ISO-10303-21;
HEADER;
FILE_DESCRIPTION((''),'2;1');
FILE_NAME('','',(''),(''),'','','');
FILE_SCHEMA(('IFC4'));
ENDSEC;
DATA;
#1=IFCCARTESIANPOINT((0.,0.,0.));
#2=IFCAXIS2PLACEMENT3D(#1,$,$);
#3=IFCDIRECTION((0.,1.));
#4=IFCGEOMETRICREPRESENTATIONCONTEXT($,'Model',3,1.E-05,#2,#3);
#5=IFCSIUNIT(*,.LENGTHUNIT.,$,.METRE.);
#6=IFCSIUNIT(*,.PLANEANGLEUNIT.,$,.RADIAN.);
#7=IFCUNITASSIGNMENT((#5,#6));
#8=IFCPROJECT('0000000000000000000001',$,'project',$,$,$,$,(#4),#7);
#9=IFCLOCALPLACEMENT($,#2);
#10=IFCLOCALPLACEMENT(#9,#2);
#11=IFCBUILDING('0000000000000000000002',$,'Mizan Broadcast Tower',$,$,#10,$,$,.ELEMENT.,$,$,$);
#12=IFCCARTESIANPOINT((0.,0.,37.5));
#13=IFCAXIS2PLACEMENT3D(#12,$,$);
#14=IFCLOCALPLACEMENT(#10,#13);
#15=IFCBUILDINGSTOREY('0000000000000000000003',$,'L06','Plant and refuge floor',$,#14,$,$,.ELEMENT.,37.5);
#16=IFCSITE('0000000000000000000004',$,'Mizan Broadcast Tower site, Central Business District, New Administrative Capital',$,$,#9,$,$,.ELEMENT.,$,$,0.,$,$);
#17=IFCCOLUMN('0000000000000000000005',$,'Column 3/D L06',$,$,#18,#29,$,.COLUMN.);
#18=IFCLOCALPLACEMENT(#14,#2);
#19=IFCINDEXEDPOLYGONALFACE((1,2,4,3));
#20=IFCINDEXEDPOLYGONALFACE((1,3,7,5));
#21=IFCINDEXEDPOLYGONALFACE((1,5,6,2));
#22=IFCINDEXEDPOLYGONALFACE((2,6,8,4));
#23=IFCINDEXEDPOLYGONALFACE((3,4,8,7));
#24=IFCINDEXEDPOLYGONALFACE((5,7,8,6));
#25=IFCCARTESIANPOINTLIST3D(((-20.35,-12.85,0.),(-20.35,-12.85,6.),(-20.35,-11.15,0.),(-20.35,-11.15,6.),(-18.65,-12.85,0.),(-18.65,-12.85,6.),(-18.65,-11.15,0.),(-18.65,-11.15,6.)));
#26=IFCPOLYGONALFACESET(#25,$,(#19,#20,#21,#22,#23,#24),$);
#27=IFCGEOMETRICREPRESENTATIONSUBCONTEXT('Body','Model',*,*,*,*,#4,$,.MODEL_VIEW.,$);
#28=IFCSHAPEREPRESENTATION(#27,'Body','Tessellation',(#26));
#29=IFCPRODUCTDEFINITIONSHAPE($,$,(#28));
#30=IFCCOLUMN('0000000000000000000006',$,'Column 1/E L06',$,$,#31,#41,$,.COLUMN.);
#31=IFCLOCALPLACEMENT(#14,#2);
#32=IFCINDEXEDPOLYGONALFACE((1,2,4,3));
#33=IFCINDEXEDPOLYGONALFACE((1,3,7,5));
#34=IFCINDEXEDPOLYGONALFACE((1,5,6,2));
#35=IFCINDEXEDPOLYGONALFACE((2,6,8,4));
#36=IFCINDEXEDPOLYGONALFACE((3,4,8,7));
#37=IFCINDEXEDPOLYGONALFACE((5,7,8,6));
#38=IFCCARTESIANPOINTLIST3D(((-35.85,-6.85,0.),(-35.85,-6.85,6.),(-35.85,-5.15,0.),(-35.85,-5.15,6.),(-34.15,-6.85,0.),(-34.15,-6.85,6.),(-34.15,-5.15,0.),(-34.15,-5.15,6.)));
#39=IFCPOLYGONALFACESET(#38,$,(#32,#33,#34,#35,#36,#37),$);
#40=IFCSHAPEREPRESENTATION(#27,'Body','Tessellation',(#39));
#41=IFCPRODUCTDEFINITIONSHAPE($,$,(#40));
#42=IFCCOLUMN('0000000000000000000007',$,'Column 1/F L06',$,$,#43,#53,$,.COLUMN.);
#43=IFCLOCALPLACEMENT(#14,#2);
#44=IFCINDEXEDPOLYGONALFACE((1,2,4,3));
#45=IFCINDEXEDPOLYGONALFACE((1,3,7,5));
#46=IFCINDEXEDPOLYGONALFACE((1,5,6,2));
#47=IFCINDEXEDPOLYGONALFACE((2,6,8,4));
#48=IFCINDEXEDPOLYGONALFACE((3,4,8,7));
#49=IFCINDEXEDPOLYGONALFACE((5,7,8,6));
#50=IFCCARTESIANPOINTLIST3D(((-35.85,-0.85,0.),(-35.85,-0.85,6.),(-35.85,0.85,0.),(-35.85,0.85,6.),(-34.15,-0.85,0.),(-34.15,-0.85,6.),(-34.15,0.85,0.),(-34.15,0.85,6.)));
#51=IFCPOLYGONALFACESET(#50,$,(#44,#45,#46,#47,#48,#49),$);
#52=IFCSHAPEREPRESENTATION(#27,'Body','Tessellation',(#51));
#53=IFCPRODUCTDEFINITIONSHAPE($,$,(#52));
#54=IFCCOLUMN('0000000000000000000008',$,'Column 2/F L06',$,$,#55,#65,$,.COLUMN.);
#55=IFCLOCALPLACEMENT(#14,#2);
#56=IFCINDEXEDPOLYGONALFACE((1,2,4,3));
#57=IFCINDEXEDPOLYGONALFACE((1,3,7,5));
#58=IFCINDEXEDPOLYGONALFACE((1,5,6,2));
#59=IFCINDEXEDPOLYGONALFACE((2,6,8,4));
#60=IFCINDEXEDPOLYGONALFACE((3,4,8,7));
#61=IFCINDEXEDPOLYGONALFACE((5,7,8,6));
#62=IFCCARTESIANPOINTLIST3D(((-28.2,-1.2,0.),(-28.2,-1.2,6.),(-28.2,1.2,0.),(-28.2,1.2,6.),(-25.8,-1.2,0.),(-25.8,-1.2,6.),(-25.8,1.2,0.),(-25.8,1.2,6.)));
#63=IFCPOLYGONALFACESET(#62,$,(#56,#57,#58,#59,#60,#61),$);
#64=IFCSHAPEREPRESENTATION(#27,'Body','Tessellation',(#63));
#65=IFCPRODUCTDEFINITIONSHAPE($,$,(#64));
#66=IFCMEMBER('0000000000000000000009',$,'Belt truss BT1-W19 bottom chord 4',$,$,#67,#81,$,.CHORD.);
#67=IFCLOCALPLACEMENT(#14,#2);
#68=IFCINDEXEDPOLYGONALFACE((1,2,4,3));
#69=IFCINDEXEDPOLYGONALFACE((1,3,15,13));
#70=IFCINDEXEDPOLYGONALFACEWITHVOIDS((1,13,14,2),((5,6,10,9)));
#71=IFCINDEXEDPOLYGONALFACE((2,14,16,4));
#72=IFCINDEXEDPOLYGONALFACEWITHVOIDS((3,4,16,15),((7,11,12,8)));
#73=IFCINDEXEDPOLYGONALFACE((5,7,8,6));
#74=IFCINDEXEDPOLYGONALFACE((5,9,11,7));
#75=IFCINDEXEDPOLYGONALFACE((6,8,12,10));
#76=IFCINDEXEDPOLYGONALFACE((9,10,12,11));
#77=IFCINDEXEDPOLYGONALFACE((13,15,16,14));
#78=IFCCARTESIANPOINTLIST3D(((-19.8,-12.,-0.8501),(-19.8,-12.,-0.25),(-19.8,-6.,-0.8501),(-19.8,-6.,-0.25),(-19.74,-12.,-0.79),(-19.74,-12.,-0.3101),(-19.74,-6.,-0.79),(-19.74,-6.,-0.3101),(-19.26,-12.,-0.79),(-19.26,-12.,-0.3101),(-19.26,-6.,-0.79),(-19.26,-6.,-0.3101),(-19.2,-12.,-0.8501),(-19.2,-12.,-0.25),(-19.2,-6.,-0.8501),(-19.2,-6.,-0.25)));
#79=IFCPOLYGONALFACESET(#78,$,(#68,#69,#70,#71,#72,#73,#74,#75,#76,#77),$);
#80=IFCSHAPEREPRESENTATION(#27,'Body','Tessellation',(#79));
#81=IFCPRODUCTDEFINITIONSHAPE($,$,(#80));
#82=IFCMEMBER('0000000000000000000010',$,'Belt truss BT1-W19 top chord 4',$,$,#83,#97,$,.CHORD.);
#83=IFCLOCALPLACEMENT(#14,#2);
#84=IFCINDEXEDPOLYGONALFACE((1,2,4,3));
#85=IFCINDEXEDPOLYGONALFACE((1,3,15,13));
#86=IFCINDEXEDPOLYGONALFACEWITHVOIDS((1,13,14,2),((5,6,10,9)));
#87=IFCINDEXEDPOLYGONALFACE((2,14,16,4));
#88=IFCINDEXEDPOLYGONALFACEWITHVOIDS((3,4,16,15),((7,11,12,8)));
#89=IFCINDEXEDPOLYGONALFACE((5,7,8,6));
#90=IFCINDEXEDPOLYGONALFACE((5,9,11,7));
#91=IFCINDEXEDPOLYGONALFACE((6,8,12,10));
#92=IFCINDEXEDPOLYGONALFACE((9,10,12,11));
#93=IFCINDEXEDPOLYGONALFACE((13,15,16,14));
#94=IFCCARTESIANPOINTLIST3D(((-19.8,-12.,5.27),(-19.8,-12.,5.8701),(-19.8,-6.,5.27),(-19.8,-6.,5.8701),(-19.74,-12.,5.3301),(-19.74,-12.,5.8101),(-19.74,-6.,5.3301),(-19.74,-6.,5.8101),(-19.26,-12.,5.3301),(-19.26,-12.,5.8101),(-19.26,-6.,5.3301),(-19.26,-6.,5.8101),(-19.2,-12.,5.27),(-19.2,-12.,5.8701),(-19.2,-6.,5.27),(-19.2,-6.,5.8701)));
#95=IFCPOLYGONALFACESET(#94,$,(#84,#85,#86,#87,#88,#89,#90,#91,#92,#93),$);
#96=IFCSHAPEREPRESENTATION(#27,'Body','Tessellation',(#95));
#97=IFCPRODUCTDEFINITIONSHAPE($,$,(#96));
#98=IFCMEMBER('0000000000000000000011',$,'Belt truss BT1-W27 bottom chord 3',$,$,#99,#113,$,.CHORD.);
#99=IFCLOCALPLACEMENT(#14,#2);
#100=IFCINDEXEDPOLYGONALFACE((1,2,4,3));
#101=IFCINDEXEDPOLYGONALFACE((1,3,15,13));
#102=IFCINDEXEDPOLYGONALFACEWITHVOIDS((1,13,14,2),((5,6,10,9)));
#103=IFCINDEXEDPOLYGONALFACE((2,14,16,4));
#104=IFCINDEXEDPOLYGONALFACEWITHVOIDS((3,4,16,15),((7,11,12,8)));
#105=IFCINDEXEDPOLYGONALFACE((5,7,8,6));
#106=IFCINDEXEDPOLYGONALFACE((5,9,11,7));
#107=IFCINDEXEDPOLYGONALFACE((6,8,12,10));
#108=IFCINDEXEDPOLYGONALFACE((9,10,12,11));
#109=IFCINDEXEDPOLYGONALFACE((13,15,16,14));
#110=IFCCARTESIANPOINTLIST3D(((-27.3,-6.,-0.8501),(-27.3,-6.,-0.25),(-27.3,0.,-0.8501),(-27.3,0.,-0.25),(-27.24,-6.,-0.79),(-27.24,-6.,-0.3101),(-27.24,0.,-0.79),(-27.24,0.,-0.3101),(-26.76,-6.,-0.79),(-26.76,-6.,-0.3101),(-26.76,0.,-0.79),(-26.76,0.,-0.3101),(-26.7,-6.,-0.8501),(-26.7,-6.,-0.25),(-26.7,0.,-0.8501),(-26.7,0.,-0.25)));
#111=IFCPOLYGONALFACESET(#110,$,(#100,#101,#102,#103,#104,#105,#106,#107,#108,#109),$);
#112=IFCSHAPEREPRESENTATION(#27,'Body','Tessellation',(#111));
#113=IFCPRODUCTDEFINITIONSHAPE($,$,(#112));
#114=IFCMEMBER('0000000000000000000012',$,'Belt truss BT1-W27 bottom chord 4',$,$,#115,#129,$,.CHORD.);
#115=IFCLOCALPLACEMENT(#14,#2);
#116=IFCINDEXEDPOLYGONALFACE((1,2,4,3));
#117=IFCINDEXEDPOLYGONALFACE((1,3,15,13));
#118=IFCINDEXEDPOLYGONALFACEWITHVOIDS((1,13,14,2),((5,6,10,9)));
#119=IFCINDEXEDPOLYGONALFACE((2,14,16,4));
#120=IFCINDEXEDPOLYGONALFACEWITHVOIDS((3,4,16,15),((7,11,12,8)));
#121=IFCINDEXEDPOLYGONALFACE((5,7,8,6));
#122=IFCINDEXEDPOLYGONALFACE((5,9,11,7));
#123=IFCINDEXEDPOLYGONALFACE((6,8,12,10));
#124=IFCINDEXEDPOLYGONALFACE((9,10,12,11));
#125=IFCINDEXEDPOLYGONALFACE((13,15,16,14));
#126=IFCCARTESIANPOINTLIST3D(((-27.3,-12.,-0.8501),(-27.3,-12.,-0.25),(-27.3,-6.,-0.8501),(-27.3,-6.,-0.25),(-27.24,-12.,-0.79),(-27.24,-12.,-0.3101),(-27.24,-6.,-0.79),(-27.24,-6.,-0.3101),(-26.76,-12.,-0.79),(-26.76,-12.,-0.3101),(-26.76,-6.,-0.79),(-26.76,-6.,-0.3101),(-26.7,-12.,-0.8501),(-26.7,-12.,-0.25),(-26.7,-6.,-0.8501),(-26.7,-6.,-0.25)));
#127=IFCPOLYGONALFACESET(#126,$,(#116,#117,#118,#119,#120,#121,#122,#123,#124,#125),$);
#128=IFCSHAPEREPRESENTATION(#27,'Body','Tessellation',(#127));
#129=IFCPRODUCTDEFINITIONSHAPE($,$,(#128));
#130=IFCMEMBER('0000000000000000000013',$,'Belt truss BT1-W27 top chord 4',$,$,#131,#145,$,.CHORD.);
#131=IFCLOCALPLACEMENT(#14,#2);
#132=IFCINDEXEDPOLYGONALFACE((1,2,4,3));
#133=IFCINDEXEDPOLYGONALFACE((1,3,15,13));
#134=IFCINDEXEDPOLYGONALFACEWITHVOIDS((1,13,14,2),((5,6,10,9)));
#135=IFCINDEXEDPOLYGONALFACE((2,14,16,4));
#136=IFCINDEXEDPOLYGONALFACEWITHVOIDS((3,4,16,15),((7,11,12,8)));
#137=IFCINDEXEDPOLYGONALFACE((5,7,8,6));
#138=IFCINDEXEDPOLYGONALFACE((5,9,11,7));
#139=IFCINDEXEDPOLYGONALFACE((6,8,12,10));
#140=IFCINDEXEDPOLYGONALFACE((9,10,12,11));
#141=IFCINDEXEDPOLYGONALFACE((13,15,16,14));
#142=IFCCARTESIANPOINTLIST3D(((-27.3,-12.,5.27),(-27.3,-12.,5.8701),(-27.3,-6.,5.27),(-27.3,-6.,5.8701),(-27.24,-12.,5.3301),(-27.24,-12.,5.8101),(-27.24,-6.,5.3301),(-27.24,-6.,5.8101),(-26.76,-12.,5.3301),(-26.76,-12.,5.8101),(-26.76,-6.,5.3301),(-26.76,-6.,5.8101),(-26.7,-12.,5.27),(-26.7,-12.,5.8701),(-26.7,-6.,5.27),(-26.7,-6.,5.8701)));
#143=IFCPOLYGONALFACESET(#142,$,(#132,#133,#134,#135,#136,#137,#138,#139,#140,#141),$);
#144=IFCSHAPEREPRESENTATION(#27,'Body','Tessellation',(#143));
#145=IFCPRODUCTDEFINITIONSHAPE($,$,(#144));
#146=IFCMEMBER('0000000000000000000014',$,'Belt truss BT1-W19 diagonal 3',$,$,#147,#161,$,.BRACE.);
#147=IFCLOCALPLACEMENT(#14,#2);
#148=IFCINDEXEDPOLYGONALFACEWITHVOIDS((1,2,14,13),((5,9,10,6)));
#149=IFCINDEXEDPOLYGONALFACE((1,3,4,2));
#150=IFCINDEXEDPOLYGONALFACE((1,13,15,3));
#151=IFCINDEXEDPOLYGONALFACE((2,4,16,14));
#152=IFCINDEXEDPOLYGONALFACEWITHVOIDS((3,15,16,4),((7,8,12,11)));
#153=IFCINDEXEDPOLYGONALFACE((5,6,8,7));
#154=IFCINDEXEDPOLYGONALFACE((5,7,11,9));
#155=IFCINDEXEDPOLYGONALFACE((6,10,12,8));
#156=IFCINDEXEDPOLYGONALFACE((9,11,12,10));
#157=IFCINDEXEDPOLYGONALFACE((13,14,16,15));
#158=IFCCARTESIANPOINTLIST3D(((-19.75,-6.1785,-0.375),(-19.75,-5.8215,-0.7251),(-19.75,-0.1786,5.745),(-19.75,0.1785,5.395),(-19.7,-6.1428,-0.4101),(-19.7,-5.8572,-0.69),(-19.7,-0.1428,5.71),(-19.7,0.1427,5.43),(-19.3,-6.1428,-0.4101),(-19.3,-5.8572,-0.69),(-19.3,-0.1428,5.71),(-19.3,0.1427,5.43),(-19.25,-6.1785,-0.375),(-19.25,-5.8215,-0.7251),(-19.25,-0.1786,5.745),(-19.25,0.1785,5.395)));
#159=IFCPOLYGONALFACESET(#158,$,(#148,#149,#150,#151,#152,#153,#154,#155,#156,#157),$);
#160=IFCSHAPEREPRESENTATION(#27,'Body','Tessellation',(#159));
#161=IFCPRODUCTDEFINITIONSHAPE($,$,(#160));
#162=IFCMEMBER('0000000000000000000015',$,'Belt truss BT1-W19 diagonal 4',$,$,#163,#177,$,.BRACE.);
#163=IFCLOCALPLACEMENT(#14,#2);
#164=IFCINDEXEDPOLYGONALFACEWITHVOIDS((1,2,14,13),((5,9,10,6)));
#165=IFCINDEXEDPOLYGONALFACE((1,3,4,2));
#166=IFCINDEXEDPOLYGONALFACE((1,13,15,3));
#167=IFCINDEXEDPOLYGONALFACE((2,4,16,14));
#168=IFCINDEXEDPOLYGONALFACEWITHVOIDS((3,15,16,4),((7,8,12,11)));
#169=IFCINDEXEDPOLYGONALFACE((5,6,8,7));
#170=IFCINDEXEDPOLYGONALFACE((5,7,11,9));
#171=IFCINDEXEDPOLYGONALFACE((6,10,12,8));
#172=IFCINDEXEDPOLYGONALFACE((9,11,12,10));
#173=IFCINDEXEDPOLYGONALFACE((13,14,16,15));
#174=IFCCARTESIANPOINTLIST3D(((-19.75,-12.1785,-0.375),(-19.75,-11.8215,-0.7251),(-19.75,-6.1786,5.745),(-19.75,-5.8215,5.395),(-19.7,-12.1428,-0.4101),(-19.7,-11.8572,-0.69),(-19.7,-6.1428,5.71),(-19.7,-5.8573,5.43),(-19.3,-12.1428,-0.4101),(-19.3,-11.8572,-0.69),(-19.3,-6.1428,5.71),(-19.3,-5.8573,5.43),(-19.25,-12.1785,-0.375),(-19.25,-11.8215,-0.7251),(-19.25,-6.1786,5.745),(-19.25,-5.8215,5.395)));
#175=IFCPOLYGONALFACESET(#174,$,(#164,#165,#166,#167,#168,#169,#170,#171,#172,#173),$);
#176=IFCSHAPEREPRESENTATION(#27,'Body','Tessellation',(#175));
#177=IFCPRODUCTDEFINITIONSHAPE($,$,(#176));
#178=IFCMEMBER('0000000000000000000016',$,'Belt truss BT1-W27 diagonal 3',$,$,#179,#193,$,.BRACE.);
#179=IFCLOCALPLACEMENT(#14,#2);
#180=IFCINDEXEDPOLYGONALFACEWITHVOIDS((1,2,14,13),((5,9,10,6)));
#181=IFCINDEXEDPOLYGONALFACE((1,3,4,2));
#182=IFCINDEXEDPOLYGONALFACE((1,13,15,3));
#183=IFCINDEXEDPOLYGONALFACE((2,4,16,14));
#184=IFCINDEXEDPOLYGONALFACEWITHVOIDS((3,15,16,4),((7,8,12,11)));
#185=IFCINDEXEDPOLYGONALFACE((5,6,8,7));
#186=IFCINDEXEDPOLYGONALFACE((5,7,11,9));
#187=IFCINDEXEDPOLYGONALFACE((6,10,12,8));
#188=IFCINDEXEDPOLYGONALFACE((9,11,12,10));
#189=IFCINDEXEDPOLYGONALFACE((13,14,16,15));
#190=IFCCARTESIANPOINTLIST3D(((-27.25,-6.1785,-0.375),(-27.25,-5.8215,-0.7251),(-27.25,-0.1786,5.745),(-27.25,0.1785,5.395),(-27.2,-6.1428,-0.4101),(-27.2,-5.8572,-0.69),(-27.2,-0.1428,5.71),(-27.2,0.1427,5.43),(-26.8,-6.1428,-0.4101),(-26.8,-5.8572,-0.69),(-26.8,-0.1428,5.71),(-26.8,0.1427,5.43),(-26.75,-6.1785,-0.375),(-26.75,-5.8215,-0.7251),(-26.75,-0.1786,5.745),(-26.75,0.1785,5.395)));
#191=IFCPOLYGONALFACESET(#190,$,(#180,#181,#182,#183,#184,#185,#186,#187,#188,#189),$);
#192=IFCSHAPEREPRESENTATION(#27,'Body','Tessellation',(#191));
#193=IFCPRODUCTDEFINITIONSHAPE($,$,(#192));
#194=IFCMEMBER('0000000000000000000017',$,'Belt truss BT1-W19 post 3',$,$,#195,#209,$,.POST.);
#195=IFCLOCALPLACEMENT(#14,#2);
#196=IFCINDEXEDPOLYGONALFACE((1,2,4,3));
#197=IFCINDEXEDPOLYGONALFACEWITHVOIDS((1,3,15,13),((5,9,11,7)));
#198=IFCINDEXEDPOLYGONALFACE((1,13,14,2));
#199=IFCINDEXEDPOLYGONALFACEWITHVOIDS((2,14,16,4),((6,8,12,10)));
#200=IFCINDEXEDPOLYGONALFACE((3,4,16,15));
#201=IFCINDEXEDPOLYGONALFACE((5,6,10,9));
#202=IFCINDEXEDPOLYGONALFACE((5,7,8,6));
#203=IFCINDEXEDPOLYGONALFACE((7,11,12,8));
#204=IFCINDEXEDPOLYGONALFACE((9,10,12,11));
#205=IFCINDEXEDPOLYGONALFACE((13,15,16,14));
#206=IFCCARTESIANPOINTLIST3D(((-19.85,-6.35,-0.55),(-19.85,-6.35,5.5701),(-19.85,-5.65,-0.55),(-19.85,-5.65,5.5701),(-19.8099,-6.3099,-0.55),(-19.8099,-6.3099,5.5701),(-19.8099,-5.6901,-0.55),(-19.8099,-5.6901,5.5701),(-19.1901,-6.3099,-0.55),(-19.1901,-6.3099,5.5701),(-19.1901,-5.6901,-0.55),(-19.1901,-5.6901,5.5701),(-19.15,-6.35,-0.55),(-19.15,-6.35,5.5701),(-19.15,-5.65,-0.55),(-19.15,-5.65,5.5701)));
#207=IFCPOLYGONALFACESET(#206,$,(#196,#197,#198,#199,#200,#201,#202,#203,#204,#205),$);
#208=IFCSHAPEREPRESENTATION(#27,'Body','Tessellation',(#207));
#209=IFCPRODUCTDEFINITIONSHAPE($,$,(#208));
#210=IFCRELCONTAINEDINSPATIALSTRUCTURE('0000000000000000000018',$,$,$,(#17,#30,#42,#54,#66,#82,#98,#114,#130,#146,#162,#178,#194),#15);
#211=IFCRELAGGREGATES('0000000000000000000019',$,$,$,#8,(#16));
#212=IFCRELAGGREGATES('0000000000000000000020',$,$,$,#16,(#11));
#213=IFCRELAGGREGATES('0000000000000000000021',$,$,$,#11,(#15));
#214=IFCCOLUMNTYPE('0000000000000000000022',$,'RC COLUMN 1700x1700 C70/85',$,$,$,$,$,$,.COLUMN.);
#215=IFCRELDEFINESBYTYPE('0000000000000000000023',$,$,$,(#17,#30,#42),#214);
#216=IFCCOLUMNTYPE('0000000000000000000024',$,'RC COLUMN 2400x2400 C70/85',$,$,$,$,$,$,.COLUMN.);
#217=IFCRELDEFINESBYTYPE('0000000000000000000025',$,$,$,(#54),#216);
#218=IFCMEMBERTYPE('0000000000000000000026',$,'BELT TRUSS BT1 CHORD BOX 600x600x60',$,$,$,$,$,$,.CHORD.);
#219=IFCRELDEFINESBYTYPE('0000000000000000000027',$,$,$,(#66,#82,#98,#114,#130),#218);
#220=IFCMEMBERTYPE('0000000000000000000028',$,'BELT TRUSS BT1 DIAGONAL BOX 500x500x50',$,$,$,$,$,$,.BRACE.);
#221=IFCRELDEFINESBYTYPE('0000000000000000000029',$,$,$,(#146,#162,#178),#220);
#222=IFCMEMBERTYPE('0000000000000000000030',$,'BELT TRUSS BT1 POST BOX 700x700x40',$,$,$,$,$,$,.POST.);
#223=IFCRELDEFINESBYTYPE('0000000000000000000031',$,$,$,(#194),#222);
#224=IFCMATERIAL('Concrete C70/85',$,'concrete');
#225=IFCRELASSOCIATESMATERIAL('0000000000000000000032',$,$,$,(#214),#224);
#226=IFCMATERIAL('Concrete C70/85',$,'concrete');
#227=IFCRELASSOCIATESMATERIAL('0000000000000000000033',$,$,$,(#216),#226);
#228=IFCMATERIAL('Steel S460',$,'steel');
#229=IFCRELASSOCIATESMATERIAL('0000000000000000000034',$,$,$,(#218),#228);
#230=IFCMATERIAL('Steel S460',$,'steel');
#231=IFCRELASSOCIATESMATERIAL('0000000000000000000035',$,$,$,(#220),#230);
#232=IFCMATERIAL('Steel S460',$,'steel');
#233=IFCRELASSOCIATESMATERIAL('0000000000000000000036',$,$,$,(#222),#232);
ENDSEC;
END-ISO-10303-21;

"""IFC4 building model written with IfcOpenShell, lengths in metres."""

from ifc_helpers import new_model, si_unit, direction, frame, origin, origin_2d, place, context, subcontext, project, spatial, rectangle, hollow_rectangle, extrude, material, material_profile, profile_set, type_object, element, save


model = new_model("IFC4")

# Units and contexts
model_context = context("Model", 3, precision=1e-05, world=origin(), true_north=direction((0.0, 1.0)))
body_context = subcontext(model_context, "Body", "Model", "MODEL_VIEW")
ifc_project = project(units=[si_unit("LENGTHUNIT", "METRE"), si_unit("PLANEANGLEUNIT", "RADIAN")], contexts=[model_context])

# Site, building, storey
site_placement = place(None, origin())
site = spatial("IfcSite", under=ifc_project, at=site_placement, Name="Mizan Broadcast Tower site, Central Business District, New Administrative Capital", CompositionType="ELEMENT", RefElevation=0.0)
building_placement = place(site_placement, origin())
building = spatial("IfcBuilding", under=site, at=building_placement, Name="Mizan Broadcast Tower", CompositionType="ELEMENT")
storey_placement = place(building_placement, frame((0.0, 0.0, 37.5)))
storey = spatial("IfcBuildingStorey", under=building, at=storey_placement, Name="L06", Description="Plant and refuge floor", CompositionType="ELEMENT", Elevation=37.5)

# Columns
ifc_material_1 = material(Name="Concrete C70/85", Category="concrete")
ifc_material_profile_1 = material_profile(ifc_material_1, rectangle(XDim=1.7, YDim=1.7, at=origin_2d()), Name="RC 1700x1700")
ifc_profile_set_1 = profile_set([ifc_material_profile_1], Name="Concrete C70/85")
column_type_1 = type_object("IfcColumnType", Name="RC COLUMN 1700x1700 C70/85", PredefinedType="COLUMN", material=ifc_profile_set_1)
for number, where, z_axis, x_axis, name in (
    (1, (-19.5, -12.0, 0.0), (0.0, 0.0, 1.0), (1.0, 0.0, 0.0), "Column 3/D L06"),
    (2, (-35.0, -6.0, 0.0), (0.0, 0.0, 1.0), (1.0, 0.0, 0.0), "Column 1/E L06"),
    (3, (-35.0, 0.0, 0.0), (0.0, 0.0, 1.0), (1.0, 0.0, 0.0), "Column 1/F L06"),
):
    element("IfcColumn", number, at=place(storey_placement, frame(where, z_axis=z_axis, x_axis=x_axis)), inside=storey, type_object=column_type_1, Name=name, PredefinedType="COLUMN", context=body_context, shape_type="SweptSolid", body=[
        extrude(rectangle(XDim=1.7, YDim=1.7, at=origin_2d()), origin(), (0.0, 0.0, 1.0), 6.0),
    ])
ifc_material_2 = material(Name="Concrete C70/85", Category="concrete")
ifc_material_profile_2 = material_profile(ifc_material_2, rectangle(XDim=2.3999, YDim=2.3999, at=origin_2d()), Name="RC 2400x2400")
ifc_profile_set_2 = profile_set([ifc_material_profile_2], Name="Concrete C70/85")
column_type_2 = type_object("IfcColumnType", Name="RC COLUMN 2400x2400 C70/85", PredefinedType="COLUMN", material=ifc_profile_set_2)
column_placement = place(storey_placement, frame((-27.0, 0.0, 0.0), z_axis=(0.0, 0.0, 1.0), x_axis=(1.0, 0.0, 0.0)))
element("IfcColumn", 4, at=column_placement, inside=storey, type_object=column_type_2, Name="Column 2/F L06", PredefinedType="COLUMN", context=body_context, shape_type="SweptSolid", body=[
    extrude(rectangle(XDim=2.3999, YDim=2.3999, at=origin_2d()), origin(), (0.0, 0.0, 1.0), 6.0),
])

# Members
ifc_material_3 = material(Name="Steel S460", Category="steel")
ifc_material_profile_3 = material_profile(ifc_material_3, hollow_rectangle(XDim=0.6001, YDim=0.6001, WallThickness=0.0601, at=origin_2d()), Name="BOX 600x600x60")
ifc_profile_set_3 = profile_set([ifc_material_profile_3], Name="Steel S460")
member_type_1 = type_object("IfcMemberType", Name="BELT TRUSS BT1 CHORD BOX 600x600x60", PredefinedType="CHORD", material=ifc_profile_set_3)
for number, where, z_axis, x_axis, name in (
    (5, (-19.5, -6.0, -0.55), (0.0, -1.0, 0.0), (1.0, 0.0, 0.0), "Belt truss BT1-W19 bottom chord 4"),
    (6, (-19.5, -6.0, 5.5701), (0.0, -1.0, 0.0), (1.0, 0.0, 0.0), "Belt truss BT1-W19 top chord 4"),
    (7, (-27.0, 0.0, -0.55), (0.0, -1.0, 0.0), (1.0, 0.0, 0.0), "Belt truss BT1-W27 bottom chord 3"),
    (8, (-27.0, -6.0, -0.55), (0.0, -1.0, 0.0), (1.0, 0.0, 0.0), "Belt truss BT1-W27 bottom chord 4"),
    (9, (-27.0, -6.0, 5.5701), (0.0, -1.0, 0.0), (1.0, 0.0, 0.0), "Belt truss BT1-W27 top chord 4"),
):
    element("IfcMember", number, at=place(storey_placement, frame(where, z_axis=z_axis, x_axis=x_axis)), inside=storey, type_object=member_type_1, Name=name, PredefinedType="CHORD", context=body_context, shape_type="SweptSolid", body=[
        extrude(hollow_rectangle(XDim=0.6001, YDim=0.6001, WallThickness=0.0601, at=origin_2d()), origin(), (0.0, 0.0, 1.0), 6.0),
    ])
ifc_material_4 = material(Name="Steel S460", Category="steel")
ifc_material_profile_4 = material_profile(ifc_material_4, hollow_rectangle(XDim=0.5, YDim=0.5, WallThickness=0.05, at=origin_2d()), Name="BOX 500x500x50")
ifc_profile_set_4 = profile_set([ifc_material_profile_4], Name="Steel S460")
member_type_2 = type_object("IfcMemberType", Name="BELT TRUSS BT1 DIAGONAL BOX 500x500x50", PredefinedType="BRACE", material=ifc_profile_set_4)
for number, where, z_axis, x_axis, name in (
    (10, (-19.5, -6.0, -0.55), (0.0, 0.700065, 0.71408), (-1.0, 0.0, 0.0), "Belt truss BT1-W19 diagonal 3"),
    (11, (-19.5, -12.0, -0.55), (0.0, 0.700065, 0.71408), (-1.0, 0.0, 0.0), "Belt truss BT1-W19 diagonal 4"),
    (12, (-27.0, -6.0, -0.55), (0.0, 0.700065, 0.71408), (-1.0, 0.0, 0.0), "Belt truss BT1-W27 diagonal 3"),
):
    element("IfcMember", number, at=place(storey_placement, frame(where, z_axis=z_axis, x_axis=x_axis)), inside=storey, type_object=member_type_2, Name=name, PredefinedType="BRACE", context=body_context, shape_type="SweptSolid", body=[
        extrude(hollow_rectangle(XDim=0.5, YDim=0.5, WallThickness=0.05, at=origin_2d()), origin(), (0.0, 0.0, 1.0), 8.5706),
    ])
ifc_material_5 = material(Name="Steel S460", Category="steel")
ifc_material_profile_5 = material_profile(ifc_material_5, hollow_rectangle(XDim=0.7, YDim=0.7, WallThickness=0.04, at=origin_2d()), Name="BOX 700x700x40")
ifc_profile_set_5 = profile_set([ifc_material_profile_5], Name="Steel S460")
member_type_3 = type_object("IfcMemberType", Name="BELT TRUSS BT1 POST BOX 700x700x40", PredefinedType="POST", material=ifc_profile_set_5)
for number, where, z_axis, x_axis, name in (
    (13, (-19.5, -6.0, -0.55), (0.0, 0.0, 1.0), (1.0, 0.0, 0.0), "Belt truss BT1-W19 post 3"),
):
    element("IfcMember", number, at=place(storey_placement, frame(where, z_axis=z_axis, x_axis=x_axis)), inside=storey, type_object=member_type_3, Name=name, PredefinedType="POST", context=body_context, shape_type="SweptSolid", body=[
        extrude(hollow_rectangle(XDim=0.7, YDim=0.7, WallThickness=0.04, at=origin_2d()), origin(), (0.0, 0.0, 1.0), 6.1201),
    ])

save(model, "model.ifc")
